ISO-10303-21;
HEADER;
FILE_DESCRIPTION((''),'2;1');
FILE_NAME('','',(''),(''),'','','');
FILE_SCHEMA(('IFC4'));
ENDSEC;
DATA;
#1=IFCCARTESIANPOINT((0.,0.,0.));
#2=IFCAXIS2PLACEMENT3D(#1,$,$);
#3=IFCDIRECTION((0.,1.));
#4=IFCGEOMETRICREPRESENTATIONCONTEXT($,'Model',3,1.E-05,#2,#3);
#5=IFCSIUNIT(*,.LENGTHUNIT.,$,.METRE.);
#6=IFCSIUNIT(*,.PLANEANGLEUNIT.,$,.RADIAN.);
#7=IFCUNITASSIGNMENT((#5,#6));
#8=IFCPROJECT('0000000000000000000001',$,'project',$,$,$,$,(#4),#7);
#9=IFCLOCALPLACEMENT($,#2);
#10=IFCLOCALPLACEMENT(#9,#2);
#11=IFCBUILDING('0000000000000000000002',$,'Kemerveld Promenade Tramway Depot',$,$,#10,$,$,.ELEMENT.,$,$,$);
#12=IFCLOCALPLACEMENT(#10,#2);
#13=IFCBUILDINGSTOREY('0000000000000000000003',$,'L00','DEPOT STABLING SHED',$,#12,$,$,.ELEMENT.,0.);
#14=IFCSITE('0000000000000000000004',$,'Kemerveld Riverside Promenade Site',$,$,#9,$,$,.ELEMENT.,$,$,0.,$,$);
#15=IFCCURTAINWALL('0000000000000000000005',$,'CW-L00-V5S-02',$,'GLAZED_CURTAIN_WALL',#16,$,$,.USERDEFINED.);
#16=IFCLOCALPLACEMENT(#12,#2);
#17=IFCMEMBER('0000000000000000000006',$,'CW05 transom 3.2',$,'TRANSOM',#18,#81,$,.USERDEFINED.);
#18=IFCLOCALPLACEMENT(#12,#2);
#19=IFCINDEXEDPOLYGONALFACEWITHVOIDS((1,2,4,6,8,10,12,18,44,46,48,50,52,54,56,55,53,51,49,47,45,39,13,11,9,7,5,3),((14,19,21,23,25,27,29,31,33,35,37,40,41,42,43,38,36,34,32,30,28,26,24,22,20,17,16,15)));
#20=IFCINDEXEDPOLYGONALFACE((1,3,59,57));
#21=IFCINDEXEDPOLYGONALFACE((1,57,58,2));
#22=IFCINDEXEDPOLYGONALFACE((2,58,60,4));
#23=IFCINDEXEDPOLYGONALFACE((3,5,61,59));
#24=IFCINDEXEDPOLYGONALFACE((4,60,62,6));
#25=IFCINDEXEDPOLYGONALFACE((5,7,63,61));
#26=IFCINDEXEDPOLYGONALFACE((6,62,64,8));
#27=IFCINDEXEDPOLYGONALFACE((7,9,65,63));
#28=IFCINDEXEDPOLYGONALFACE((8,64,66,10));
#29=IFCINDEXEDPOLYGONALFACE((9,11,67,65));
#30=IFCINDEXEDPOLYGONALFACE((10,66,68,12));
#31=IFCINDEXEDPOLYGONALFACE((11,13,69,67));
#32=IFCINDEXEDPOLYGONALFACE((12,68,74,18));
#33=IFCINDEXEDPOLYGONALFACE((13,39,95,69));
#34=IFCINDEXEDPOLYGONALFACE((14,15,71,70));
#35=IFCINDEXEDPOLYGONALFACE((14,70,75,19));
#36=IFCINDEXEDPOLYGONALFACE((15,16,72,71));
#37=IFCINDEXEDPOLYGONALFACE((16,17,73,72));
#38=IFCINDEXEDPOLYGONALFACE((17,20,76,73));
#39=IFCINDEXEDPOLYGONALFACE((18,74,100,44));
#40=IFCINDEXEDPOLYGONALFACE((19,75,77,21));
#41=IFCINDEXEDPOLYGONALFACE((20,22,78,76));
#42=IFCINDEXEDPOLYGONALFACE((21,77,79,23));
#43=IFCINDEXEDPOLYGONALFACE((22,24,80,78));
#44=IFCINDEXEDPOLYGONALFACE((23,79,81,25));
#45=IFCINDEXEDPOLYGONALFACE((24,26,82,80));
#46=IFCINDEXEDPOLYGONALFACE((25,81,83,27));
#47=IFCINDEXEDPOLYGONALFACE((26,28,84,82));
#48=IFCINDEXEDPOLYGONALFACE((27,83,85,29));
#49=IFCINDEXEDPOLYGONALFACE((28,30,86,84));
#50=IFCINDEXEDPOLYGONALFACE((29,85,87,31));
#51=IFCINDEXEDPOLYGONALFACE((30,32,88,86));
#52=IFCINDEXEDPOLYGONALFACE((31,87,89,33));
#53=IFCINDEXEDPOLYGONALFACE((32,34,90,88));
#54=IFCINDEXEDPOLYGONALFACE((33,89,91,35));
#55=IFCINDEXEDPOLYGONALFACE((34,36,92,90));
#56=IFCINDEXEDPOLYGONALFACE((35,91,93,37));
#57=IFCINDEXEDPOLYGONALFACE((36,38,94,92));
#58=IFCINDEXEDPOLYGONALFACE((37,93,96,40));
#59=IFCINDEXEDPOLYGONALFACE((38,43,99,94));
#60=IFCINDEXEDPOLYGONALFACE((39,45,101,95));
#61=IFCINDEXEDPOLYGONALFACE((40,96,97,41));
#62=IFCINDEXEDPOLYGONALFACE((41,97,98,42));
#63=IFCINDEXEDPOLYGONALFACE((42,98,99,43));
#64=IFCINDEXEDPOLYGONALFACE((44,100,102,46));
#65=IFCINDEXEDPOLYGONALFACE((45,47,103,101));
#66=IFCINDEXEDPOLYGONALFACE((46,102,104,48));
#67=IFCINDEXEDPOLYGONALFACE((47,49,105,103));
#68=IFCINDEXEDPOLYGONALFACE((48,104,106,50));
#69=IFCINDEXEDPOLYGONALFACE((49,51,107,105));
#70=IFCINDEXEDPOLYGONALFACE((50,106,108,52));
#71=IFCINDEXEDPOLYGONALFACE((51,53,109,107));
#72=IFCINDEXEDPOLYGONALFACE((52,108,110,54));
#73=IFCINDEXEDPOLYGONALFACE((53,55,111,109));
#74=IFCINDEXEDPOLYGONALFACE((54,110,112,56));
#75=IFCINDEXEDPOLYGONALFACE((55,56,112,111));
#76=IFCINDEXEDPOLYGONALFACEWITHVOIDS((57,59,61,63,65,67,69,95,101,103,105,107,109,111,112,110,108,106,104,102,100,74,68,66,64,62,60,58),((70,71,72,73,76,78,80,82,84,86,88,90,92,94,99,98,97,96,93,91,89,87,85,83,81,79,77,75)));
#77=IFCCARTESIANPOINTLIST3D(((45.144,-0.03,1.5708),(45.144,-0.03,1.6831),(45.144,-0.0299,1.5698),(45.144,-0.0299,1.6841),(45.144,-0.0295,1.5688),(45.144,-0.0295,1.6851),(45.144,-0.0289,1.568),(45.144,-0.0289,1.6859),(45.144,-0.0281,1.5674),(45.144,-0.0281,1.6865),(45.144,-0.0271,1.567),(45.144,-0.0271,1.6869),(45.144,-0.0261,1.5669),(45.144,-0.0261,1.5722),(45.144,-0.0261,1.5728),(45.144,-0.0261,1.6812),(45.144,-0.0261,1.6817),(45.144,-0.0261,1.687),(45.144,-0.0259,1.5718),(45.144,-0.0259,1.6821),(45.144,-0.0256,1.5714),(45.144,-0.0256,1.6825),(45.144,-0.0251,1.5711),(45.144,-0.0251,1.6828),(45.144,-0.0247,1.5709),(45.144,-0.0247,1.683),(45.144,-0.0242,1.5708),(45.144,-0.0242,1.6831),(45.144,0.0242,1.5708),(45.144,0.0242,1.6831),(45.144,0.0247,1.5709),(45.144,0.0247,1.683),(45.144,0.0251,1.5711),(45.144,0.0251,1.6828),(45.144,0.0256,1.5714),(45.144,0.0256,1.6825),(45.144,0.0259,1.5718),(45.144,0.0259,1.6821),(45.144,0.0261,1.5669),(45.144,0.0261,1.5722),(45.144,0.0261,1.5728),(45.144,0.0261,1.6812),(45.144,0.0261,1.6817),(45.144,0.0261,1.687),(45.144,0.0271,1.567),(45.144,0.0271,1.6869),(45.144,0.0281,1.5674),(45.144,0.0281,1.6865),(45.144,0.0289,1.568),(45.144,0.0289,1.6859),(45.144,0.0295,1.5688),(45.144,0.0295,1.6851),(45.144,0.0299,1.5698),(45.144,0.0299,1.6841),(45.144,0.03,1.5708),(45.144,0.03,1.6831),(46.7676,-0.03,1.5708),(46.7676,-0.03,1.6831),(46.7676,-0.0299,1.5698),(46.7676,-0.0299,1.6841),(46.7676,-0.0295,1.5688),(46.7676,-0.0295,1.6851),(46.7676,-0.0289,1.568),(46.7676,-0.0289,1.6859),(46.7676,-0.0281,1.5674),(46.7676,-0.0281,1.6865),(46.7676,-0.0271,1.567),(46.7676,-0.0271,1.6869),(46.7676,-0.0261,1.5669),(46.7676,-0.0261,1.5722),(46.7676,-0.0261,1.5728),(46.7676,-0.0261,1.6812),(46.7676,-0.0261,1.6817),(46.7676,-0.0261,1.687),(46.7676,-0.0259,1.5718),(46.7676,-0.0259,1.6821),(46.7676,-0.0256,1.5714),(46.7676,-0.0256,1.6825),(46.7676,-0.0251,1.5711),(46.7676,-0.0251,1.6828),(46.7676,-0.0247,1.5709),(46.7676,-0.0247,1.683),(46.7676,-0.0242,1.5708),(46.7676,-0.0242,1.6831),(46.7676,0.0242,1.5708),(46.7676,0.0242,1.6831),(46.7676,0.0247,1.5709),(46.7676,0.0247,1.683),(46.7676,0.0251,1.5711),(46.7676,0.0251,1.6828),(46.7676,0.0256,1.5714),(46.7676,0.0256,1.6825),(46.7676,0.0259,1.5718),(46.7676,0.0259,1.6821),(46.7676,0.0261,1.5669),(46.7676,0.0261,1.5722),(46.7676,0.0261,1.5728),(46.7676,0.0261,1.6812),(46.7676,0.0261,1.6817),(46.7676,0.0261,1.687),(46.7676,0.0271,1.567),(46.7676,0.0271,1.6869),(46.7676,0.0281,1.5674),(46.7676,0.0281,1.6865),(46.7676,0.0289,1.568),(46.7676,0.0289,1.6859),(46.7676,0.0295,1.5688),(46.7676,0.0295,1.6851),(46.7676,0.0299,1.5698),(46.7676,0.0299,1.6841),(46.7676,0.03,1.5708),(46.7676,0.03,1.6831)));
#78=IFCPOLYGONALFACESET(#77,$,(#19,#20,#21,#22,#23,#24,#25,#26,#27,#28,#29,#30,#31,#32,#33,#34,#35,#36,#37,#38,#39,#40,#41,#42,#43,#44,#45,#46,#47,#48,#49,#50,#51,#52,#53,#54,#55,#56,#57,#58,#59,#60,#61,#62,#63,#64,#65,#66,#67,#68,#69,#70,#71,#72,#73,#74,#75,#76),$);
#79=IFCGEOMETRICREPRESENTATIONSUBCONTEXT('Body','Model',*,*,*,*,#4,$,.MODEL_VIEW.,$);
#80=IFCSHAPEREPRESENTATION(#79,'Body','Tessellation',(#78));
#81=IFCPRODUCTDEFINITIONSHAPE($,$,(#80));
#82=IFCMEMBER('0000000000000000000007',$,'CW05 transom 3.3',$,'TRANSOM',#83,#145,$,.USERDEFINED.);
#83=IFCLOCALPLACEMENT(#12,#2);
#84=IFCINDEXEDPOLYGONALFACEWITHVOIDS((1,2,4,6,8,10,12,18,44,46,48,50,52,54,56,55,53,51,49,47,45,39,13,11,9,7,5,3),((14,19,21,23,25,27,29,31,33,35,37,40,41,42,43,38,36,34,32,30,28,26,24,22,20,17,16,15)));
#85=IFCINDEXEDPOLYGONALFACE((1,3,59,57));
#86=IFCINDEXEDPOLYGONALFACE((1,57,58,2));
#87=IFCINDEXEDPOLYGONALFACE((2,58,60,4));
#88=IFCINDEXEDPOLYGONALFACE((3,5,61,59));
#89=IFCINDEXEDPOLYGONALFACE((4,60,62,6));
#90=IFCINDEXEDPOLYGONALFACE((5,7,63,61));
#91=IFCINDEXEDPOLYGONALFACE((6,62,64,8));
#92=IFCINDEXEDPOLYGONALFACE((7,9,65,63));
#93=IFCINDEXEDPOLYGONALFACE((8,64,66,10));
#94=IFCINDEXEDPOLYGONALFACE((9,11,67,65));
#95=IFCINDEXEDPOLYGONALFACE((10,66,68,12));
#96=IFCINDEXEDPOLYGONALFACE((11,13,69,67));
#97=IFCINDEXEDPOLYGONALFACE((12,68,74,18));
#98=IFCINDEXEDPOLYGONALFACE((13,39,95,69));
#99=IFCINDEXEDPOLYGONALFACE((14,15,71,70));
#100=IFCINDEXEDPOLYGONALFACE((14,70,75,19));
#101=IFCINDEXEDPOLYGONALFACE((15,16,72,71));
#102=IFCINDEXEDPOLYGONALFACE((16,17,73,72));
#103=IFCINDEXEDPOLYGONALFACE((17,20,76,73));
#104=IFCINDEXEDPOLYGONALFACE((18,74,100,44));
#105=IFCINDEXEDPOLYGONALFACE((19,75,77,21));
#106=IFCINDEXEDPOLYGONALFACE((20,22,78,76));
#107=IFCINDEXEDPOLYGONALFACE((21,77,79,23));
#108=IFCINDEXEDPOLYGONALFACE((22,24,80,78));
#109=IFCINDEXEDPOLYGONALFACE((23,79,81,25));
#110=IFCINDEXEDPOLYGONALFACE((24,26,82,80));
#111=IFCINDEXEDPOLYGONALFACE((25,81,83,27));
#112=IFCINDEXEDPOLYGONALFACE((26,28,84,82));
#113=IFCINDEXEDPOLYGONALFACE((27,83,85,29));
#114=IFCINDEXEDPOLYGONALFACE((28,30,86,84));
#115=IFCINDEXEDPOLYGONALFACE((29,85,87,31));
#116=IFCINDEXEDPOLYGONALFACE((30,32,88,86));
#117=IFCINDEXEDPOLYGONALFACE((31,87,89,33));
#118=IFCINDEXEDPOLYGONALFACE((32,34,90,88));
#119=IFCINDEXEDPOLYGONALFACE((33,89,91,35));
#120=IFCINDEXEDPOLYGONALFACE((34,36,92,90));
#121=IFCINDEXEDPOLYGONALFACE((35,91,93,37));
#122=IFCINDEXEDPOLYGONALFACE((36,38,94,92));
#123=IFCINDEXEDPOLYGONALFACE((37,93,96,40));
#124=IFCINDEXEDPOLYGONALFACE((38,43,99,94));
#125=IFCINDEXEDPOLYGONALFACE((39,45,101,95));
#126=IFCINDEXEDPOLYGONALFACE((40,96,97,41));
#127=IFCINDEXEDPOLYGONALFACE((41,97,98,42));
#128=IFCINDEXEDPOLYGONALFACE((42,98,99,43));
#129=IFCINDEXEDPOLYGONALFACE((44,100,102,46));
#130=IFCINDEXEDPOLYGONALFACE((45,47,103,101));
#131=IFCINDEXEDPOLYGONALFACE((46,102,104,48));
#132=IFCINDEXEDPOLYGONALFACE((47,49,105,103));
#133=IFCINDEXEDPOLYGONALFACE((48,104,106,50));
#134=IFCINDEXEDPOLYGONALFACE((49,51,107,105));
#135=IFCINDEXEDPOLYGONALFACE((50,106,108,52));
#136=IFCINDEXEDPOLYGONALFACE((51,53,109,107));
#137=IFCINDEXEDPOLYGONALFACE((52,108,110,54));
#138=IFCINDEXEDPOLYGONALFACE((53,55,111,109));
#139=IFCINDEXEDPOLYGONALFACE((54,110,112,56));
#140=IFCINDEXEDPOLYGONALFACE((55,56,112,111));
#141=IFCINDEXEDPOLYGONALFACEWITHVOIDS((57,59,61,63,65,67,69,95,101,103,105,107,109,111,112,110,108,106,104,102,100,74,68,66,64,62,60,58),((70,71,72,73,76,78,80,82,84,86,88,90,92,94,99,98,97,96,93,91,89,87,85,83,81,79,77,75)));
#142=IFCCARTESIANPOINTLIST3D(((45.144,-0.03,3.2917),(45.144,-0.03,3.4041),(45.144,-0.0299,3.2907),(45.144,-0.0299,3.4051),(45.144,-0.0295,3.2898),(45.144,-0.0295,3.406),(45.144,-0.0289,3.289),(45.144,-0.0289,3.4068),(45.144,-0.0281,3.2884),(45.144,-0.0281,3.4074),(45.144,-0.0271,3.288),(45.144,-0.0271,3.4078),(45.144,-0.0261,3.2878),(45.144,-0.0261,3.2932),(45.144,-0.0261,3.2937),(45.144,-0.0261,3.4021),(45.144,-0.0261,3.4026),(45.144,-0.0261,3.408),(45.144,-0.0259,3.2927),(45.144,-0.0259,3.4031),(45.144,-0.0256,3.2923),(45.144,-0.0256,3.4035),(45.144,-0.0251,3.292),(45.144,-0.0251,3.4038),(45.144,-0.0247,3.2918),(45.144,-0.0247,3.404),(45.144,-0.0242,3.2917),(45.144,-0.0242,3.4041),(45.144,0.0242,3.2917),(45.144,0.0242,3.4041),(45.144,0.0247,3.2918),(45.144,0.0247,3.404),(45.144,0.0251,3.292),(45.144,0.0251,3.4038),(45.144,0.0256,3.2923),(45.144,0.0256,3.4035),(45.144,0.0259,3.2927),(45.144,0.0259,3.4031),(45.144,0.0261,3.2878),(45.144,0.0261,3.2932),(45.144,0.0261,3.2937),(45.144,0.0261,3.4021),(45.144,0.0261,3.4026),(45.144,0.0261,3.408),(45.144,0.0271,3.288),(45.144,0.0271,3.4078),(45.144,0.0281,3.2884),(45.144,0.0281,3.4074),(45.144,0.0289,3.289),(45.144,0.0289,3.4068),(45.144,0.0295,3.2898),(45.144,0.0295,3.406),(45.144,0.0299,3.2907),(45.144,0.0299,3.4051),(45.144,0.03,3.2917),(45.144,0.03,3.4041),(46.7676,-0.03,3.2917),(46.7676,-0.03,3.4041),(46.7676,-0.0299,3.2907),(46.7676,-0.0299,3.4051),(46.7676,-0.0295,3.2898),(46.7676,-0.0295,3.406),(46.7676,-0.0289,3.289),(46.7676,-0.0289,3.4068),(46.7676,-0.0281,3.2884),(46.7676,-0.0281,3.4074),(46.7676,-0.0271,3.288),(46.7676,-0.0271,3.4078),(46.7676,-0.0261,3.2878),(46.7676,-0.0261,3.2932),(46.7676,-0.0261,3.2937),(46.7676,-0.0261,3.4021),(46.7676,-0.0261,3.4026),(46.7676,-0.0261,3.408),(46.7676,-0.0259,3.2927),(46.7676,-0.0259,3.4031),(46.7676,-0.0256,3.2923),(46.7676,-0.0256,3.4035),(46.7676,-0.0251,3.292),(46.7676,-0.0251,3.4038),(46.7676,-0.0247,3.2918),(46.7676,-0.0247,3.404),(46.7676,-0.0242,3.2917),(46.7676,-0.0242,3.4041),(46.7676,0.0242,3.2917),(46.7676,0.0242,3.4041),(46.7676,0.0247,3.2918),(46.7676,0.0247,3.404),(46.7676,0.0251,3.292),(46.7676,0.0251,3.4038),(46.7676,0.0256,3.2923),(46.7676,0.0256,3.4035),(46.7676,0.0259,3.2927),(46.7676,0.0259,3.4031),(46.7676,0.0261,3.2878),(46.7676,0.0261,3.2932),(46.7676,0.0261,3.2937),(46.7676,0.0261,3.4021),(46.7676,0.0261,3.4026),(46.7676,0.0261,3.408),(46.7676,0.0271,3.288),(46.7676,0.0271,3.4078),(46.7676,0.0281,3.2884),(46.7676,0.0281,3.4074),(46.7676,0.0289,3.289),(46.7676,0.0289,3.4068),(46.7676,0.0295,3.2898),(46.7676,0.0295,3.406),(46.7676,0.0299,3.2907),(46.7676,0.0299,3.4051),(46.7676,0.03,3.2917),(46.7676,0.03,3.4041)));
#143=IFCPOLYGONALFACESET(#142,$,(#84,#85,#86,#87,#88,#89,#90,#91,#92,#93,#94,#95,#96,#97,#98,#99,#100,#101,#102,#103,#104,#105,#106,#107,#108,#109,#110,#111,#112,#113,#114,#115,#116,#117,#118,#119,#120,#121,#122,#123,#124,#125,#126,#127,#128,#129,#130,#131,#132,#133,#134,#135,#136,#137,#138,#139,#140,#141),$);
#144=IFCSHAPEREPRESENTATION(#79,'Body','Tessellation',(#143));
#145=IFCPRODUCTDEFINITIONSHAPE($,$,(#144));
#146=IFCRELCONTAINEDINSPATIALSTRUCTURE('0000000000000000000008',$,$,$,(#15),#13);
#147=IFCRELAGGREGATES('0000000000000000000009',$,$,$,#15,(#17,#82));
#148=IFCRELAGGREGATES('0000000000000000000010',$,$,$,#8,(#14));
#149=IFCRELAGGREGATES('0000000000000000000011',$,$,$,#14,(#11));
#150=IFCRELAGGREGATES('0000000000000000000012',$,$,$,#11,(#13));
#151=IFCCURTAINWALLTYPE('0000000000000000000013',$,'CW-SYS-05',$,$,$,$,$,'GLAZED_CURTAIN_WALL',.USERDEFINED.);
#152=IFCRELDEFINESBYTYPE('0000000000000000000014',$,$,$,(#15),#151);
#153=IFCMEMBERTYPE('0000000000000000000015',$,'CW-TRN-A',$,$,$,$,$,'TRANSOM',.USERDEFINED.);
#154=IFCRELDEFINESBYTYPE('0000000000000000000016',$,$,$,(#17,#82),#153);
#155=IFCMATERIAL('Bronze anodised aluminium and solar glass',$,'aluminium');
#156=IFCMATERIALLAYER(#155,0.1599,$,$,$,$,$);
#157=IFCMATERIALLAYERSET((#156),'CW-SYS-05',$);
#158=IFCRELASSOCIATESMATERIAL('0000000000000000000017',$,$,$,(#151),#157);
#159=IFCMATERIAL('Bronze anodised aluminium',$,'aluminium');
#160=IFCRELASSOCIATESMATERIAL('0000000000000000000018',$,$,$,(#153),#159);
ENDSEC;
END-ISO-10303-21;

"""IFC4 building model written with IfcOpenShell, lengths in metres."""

from ifc_helpers import new_model, si_unit, direction, frame, origin, origin_2d, place, context, subcontext, project, spatial, hollow_rectangle, extrude, material, layer, layer_set, material_profile, profile_set, type_object, element, aggregate, save


model = new_model("IFC4")

# Units and contexts
model_context = context("Model", 3, precision=1e-05, world=origin(), true_north=direction((0.0, 1.0)))
body_context = subcontext(model_context, "Body", "Model", "MODEL_VIEW")
ifc_project = project(units=[si_unit("LENGTHUNIT", "METRE"), si_unit("PLANEANGLEUNIT", "RADIAN")], contexts=[model_context])

# Site, building, storey
site_placement = place(None, origin())
site = spatial("IfcSite", under=ifc_project, at=site_placement, Name="Kemerveld Riverside Promenade Site", CompositionType="ELEMENT", RefElevation=0.0)
building_placement = place(site_placement, origin())
building = spatial("IfcBuilding", under=site, at=building_placement, Name="Kemerveld Promenade Tramway Depot", CompositionType="ELEMENT")
storey_placement = place(building_placement, origin())
storey = spatial("IfcBuildingStorey", under=building, at=storey_placement, Name="L00", Description="DEPOT STABLING SHED", CompositionType="ELEMENT", Elevation=0.0)

# Curtain wall, members
ifc_material_1 = material(Name="Bronze anodised aluminium and solar glass", Category="aluminium")
ifc_layer_1 = layer(ifc_material_1, 0.1599)
ifc_layer_set_1 = layer_set([ifc_layer_1], Name="CW-SYS-05")
curtain_wall_type = type_object("IfcCurtainWallType", Name="CW-SYS-05", ElementType="GLAZED_CURTAIN_WALL", PredefinedType="USERDEFINED", material=ifc_layer_set_1)
curtain_wall_placement = place(storey_placement, origin())
curtain_wall = element("IfcCurtainWall", 1, at=curtain_wall_placement, inside=storey, type_object=curtain_wall_type, Name="CW-L00-V5S-02", ObjectType="GLAZED_CURTAIN_WALL", PredefinedType="USERDEFINED")
ifc_material_2 = material(Name="Bronze anodised aluminium", Category="aluminium")
ifc_material_profile_1 = material_profile(ifc_material_2, hollow_rectangle(XDim=0.0601, YDim=0.1201, WallThickness=0.0039, InnerFilletRadius=0.002, OuterFilletRadius=0.0039, at=origin_2d()), Name="CW-TRN-120x60")
ifc_profile_set_1 = profile_set([ifc_material_profile_1], Name="Bronze anodised aluminium")
member_type_1 = type_object("IfcMemberType", Name="CW-TRN-A", ElementType="TRANSOM", PredefinedType="USERDEFINED", material=ifc_profile_set_1)
member_1_placement = place(storey_placement, frame((46.7676, 0.0, 1.627), z_axis=(-1.0, 0.0, 0.0), x_axis=(0.0, -1.0, 0.0)))
member_1 = element("IfcMember", 2, at=member_1_placement, type_object=member_type_1, Name="CW05 transom 3.2", ObjectType="TRANSOM", PredefinedType="USERDEFINED", context=body_context, shape_type="SweptSolid", body=[
    extrude(hollow_rectangle(XDim=0.0601, YDim=0.1201, WallThickness=0.0039, InnerFilletRadius=0.002, OuterFilletRadius=0.0039, at=origin_2d()), origin(), (0.0, 0.0, 1.0), 1.6235),
])
member_2_placement = place(storey_placement, frame((46.7676, 0.0, 3.3479), z_axis=(-1.0, 0.0, 0.0), x_axis=(0.0, -1.0, 0.0)))
member_2 = element("IfcMember", 3, at=member_2_placement, type_object=member_type_1, Name="CW05 transom 3.3", ObjectType="TRANSOM", PredefinedType="USERDEFINED", context=body_context, shape_type="SweptSolid", body=[
    extrude(hollow_rectangle(XDim=0.0601, YDim=0.1201, WallThickness=0.0039, InnerFilletRadius=0.002, OuterFilletRadius=0.0039, at=origin_2d()), origin(), (0.0, 0.0, 1.0), 1.6235),
])
aggregate(curtain_wall, [member_1, member_2])

save(model, "model.ifc")
